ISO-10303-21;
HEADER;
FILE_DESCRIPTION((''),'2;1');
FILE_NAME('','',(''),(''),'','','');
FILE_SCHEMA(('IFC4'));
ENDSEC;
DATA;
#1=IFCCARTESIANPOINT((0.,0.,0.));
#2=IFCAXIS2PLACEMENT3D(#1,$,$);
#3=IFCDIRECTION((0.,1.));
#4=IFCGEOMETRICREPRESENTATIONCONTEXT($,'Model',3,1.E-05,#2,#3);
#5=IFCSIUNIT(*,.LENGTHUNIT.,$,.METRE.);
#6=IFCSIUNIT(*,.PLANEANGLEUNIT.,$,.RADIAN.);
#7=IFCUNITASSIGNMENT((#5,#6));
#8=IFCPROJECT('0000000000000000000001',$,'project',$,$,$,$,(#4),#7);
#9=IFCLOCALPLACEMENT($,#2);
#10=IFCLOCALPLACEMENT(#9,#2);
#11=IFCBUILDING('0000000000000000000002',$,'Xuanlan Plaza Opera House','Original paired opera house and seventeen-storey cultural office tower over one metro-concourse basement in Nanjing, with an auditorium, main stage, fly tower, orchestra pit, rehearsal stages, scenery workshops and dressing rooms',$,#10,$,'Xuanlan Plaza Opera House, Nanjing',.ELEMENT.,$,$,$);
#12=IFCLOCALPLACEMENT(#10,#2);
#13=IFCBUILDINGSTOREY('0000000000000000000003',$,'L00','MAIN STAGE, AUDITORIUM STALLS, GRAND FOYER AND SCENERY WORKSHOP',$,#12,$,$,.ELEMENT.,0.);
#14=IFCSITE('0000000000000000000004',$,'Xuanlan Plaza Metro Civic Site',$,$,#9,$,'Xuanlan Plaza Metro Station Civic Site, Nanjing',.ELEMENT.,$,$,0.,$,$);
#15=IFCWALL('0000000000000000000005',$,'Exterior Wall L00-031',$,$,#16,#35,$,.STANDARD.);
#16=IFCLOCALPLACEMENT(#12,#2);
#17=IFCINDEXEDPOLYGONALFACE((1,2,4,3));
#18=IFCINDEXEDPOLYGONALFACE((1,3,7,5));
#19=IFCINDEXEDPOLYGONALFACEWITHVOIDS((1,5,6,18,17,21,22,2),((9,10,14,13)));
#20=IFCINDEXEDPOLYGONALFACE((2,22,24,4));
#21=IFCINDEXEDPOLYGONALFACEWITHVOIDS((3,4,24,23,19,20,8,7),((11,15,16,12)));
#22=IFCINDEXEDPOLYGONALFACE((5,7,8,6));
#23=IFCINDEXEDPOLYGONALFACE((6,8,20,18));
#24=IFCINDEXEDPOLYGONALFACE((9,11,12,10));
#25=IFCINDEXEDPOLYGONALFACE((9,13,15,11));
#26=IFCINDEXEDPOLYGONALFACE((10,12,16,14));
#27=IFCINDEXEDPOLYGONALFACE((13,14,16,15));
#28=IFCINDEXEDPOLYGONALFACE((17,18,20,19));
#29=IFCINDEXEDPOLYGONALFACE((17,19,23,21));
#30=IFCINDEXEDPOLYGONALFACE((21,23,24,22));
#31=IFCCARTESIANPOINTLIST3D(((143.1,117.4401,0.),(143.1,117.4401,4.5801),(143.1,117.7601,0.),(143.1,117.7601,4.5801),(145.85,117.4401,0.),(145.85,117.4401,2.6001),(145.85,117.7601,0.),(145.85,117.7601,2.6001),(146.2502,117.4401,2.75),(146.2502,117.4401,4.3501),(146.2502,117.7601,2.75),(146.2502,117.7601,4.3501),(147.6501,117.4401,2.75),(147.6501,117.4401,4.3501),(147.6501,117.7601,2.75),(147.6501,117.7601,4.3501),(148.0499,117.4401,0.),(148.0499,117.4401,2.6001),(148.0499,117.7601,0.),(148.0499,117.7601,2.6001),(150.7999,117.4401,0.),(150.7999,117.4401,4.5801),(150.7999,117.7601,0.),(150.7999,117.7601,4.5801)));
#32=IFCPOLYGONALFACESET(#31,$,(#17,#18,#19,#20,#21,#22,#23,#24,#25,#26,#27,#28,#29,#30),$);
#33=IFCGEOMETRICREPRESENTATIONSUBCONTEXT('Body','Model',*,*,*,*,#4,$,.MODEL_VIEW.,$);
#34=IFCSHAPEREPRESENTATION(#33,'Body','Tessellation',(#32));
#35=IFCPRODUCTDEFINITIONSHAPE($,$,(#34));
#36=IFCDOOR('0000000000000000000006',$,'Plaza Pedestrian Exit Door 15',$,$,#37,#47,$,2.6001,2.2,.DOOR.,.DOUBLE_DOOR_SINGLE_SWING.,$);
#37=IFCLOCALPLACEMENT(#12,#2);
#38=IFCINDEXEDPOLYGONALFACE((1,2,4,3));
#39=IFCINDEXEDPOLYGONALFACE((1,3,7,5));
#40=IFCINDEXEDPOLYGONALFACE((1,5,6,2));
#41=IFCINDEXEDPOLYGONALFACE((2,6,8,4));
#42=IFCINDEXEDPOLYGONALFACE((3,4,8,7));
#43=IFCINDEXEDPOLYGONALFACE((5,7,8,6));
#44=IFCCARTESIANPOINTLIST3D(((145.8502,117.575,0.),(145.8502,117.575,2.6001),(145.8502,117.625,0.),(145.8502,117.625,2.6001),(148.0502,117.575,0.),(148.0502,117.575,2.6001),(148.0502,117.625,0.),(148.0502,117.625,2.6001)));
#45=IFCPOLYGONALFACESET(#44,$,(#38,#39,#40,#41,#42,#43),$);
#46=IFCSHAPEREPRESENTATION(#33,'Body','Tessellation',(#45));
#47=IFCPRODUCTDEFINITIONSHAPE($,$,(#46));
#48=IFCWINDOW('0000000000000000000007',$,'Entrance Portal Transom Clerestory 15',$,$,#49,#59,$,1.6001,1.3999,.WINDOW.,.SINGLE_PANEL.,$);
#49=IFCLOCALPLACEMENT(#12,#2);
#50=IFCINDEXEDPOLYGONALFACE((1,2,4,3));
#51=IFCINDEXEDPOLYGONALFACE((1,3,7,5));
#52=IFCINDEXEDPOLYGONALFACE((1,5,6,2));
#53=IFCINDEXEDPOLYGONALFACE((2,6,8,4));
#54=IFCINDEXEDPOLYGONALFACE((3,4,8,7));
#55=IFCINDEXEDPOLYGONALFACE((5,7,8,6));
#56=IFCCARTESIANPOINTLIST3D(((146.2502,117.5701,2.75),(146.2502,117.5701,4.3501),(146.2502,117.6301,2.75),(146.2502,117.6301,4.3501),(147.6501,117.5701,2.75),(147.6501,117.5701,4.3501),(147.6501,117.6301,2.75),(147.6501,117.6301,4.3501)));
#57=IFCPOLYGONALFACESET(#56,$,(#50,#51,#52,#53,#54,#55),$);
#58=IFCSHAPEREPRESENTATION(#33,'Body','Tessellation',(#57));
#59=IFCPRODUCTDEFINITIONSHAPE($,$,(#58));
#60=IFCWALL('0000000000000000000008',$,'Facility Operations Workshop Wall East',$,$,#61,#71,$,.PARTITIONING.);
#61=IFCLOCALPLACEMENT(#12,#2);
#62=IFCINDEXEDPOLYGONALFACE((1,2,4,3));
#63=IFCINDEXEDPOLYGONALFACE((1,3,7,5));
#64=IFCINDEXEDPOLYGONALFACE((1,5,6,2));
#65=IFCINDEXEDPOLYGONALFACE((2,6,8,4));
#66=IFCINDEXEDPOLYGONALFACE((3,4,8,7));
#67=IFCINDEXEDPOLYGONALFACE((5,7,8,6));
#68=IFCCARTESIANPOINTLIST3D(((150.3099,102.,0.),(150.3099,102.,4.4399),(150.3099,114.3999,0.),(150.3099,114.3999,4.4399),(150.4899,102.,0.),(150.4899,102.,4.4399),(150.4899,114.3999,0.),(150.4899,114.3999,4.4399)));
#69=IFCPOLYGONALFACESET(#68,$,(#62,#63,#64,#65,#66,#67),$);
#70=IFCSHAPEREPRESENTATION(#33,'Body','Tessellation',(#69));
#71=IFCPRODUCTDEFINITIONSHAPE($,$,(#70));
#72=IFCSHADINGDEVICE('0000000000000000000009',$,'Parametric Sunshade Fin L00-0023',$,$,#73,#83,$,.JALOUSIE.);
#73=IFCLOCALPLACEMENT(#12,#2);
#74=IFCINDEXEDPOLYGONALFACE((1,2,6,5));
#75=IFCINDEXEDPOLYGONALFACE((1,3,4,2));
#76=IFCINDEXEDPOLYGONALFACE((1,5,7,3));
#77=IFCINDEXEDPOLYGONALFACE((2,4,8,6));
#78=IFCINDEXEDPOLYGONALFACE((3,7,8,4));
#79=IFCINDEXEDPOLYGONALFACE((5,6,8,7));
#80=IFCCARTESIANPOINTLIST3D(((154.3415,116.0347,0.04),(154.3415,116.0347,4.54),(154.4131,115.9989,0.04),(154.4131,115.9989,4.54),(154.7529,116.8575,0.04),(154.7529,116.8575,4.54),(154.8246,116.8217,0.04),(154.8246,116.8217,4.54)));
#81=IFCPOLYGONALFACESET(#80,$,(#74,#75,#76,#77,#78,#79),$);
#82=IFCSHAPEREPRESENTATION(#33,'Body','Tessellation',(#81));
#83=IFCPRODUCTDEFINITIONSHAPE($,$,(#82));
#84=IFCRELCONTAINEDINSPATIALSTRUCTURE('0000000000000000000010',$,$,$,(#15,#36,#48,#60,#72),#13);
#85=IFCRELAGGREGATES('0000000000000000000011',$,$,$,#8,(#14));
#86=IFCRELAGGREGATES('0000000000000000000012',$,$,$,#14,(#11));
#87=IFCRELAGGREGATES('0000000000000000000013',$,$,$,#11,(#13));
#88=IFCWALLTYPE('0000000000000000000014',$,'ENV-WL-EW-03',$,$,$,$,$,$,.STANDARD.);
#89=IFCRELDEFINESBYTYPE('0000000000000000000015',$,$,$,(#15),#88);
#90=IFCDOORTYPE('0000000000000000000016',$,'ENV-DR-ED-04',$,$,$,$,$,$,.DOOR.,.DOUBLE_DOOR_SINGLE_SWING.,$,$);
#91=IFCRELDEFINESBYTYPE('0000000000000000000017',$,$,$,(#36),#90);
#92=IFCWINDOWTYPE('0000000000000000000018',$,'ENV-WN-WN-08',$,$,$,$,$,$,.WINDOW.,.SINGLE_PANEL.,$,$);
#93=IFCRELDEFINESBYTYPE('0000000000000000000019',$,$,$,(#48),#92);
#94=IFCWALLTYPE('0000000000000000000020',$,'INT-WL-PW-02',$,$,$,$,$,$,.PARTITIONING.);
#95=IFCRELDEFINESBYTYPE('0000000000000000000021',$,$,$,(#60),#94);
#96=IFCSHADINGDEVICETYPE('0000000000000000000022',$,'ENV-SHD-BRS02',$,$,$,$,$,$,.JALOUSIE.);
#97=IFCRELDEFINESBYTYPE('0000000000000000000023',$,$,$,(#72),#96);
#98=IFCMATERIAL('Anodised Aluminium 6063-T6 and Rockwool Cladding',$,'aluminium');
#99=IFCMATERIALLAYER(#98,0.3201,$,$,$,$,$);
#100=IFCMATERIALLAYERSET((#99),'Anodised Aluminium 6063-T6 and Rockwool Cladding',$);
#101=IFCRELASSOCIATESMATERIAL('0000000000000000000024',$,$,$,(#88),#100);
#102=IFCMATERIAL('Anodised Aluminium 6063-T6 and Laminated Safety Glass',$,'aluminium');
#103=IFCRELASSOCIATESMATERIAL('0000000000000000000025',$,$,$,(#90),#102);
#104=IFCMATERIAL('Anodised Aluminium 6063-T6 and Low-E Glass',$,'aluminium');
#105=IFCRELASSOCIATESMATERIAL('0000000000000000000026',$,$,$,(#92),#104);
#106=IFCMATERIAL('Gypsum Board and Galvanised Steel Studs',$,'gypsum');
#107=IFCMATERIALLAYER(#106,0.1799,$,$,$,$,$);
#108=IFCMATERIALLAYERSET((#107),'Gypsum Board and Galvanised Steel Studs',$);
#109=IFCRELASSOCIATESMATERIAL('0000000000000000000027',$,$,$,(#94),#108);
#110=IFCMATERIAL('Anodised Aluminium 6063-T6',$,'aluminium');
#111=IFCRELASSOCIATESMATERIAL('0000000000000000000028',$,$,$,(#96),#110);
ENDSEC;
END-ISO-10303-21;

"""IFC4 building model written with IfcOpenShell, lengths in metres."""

from ifc_helpers import new_model, si_unit, direction, frame, frame_2d, origin, origin_2d, place, context, subcontext, project, spatial, rectangle, extrude, material, layer, layer_set, type_object, element, fill, save


model = new_model("IFC4")

# Units and contexts
model_context = context("Model", 3, precision=1e-05, world=origin(), true_north=direction((0.0, 1.0)))
body_context = subcontext(model_context, "Body", "Model", "MODEL_VIEW")
ifc_project = project(units=[si_unit("LENGTHUNIT", "METRE"), si_unit("PLANEANGLEUNIT", "RADIAN")], contexts=[model_context])

# Site, building, storey
site_placement = place(None, origin())
site = spatial("IfcSite", under=ifc_project, at=site_placement, Name="Xuanlan Plaza Metro Civic Site", LongName="Xuanlan Plaza Metro Station Civic Site, Nanjing", CompositionType="ELEMENT", RefElevation=0.0)
building_placement = place(site_placement, origin())
building = spatial("IfcBuilding", under=site, at=building_placement, Name="Xuanlan Plaza Opera House", Description="Original paired opera house and seventeen-storey cultural office tower over one metro-concourse basement in Nanjing, with an auditorium, main stage, fly tower, orchestra pit, rehearsal stages, scenery workshops and dressing rooms", LongName="Xuanlan Plaza Opera House, Nanjing", CompositionType="ELEMENT")
storey_placement = place(building_placement, origin())
storey = spatial("IfcBuildingStorey", under=building, at=storey_placement, Name="L00", Description="MAIN STAGE, AUDITORIUM STALLS, GRAND FOYER AND SCENERY WORKSHOP", CompositionType="ELEMENT", Elevation=0.0)

# Shared definitions
ifc_material_1 = material(Name="Anodised Aluminium 6063-T6 and Low-E Glass", Category="aluminium")
ifc_material_2 = material(Name="Anodised Aluminium 6063-T6", Category="aluminium")

# Wall, openings, door, window
ifc_material_3 = material(Name="Anodised Aluminium 6063-T6 and Rockwool Cladding", Category="aluminium")
ifc_layer_1 = layer(ifc_material_3, 0.3201)
ifc_layer_set_1 = layer_set([ifc_layer_1], Name="Anodised Aluminium 6063-T6 and Rockwool Cladding")
wall_type_1 = type_object("IfcWallType", Name="ENV-WL-EW-03", PredefinedType="STANDARD", material=ifc_layer_set_1)
wall_1_placement = place(storey_placement, frame((150.8, 117.6001, 0.0), z_axis=(0.0, 0.0, 1.0), x_axis=(-1.0, 0.0, 0.0)))
wall_1 = element("IfcWall", 1, at=wall_1_placement, inside=storey, type_object=wall_type_1, Name="Exterior Wall L00-031", PredefinedType="STANDARD", context=body_context, shape_type="SweptSolid", body=[
    extrude(rectangle(XDim=7.7, YDim=0.3201, at=frame_2d((3.8501, 0.0))), origin(), (0.0, 0.0, 1.0), 4.5801),
])
opening_1_placement = place(wall_1_placement, frame((2.75, 0.0, 0.0)))
opening_1 = element("IfcOpeningElement", 2, at=opening_1_placement, cuts=wall_1, PredefinedType="OPENING", context=body_context, shape_type="SweptSolid", body=[
    extrude(rectangle(XDim=2.2, YDim=2.6001, at=frame_2d((1.1001, 1.3))), frame((0.0, 0.1699, 0.0), z_axis=(0.0, -1.0, 0.0), x_axis=(1.0, 0.0, 0.0)), (0.0, 0.0, 1.0), 0.3401),
])
opening_2_placement = place(wall_1_placement, frame((3.1499, 0.0, 2.75)))
opening_2 = element("IfcOpeningElement", 3, at=opening_2_placement, cuts=wall_1, PredefinedType="OPENING", context=body_context, shape_type="SweptSolid", body=[
    extrude(rectangle(XDim=1.3999, YDim=1.6001, at=frame_2d((0.7, 0.8))), frame((0.0, 0.1699, 0.0), z_axis=(0.0, -1.0, 0.0), x_axis=(1.0, 0.0, 0.0)), (0.0, 0.0, 1.0), 0.3401),
])
ifc_material_4 = material(Name="Anodised Aluminium 6063-T6 and Laminated Safety Glass", Category="aluminium")
door_type = type_object("IfcDoorType", Name="ENV-DR-ED-04", OperationType="DOUBLE_DOOR_SINGLE_SWING", PredefinedType="DOOR", material=ifc_material_4)
door_placement = place(opening_1_placement, frame((2.2, 0.0, 0.0), z_axis=(0.0, 0.0, 1.0), x_axis=(-1.0, 0.0, 0.0)))
door = element("IfcDoor", 4, at=door_placement, inside=storey, type_object=door_type, Name="Plaza Pedestrian Exit Door 15", OperationType="DOUBLE_DOOR_SINGLE_SWING", OverallHeight=2.6001, OverallWidth=2.2, PredefinedType="DOOR", context=body_context, shape_type="SweptSolid", body=[
    extrude(rectangle(XDim=2.2, YDim=2.6001, at=frame_2d((1.1001, 1.3))), frame((0.0, 0.0249, 0.0), z_axis=(0.0, -1.0, 0.0), x_axis=(1.0, 0.0, 0.0)), (0.0, 0.0, 1.0), 0.05),
])
fill(opening_1, door)
window_type = type_object("IfcWindowType", Name="ENV-WN-WN-08", PartitioningType="SINGLE_PANEL", PredefinedType="WINDOW", material=ifc_material_1)
window_placement = place(opening_2_placement, origin())
window = element("IfcWindow", 5, at=window_placement, inside=storey, type_object=window_type, Name="Entrance Portal Transom Clerestory 15", OverallHeight=1.6001, OverallWidth=1.3999, PartitioningType="SINGLE_PANEL", PredefinedType="WINDOW", context=body_context, shape_type="SweptSolid", body=[
    extrude(rectangle(XDim=1.3999, YDim=1.6001, at=frame_2d((0.7, 0.8))), frame((0.0, 0.03, 0.0), z_axis=(0.0, -1.0, 0.0), x_axis=(1.0, 0.0, 0.0)), (0.0, 0.0, 1.0), 0.0601),
])
fill(opening_2, window)

# Wall
ifc_material_5 = material(Name="Gypsum Board and Galvanised Steel Studs", Category="gypsum")
ifc_layer_2 = layer(ifc_material_5, 0.1799)
ifc_layer_set_2 = layer_set([ifc_layer_2], Name="Gypsum Board and Galvanised Steel Studs")
wall_type_2 = type_object("IfcWallType", Name="INT-WL-PW-02", PredefinedType="PARTITIONING", material=ifc_layer_set_2)
wall_2_placement = place(storey_placement, frame((150.3999, 102.0, 0.0), z_axis=(0.0, 0.0, 1.0), x_axis=(0.0, 1.0, 0.0)))
element("IfcWall", 6, at=wall_2_placement, inside=storey, type_object=wall_type_2, Name="Facility Operations Workshop Wall East", PredefinedType="PARTITIONING", context=body_context, shape_type="SweptSolid", body=[
    extrude(rectangle(XDim=12.3999, YDim=0.1799, at=frame_2d((6.2, 0.0))), origin(), (0.0, 0.0, 1.0), 4.4399),
])

# Shading device
shading_device_type = type_object("IfcShadingDeviceType", Name="ENV-SHD-BRS02", PredefinedType="JALOUSIE", material=ifc_material_2)
shading_device_placement = place(storey_placement, frame((154.583, 116.4282, 0.04), z_axis=(0.0, 0.0, 1.0), x_axis=(0.447291, 0.894389, 0.0)))
element("IfcShadingDevice", 7, at=shading_device_placement, inside=storey, type_object=shading_device_type, Name="Parametric Sunshade Fin L00-0023", PredefinedType="JALOUSIE", context=body_context, shape_type="SweptSolid", body=[
    extrude(rectangle(XDim=0.9199, YDim=0.0801, at=origin_2d()), origin(), (0.0, 0.0, 1.0), 4.5),
])

save(model, "model.ifc")
